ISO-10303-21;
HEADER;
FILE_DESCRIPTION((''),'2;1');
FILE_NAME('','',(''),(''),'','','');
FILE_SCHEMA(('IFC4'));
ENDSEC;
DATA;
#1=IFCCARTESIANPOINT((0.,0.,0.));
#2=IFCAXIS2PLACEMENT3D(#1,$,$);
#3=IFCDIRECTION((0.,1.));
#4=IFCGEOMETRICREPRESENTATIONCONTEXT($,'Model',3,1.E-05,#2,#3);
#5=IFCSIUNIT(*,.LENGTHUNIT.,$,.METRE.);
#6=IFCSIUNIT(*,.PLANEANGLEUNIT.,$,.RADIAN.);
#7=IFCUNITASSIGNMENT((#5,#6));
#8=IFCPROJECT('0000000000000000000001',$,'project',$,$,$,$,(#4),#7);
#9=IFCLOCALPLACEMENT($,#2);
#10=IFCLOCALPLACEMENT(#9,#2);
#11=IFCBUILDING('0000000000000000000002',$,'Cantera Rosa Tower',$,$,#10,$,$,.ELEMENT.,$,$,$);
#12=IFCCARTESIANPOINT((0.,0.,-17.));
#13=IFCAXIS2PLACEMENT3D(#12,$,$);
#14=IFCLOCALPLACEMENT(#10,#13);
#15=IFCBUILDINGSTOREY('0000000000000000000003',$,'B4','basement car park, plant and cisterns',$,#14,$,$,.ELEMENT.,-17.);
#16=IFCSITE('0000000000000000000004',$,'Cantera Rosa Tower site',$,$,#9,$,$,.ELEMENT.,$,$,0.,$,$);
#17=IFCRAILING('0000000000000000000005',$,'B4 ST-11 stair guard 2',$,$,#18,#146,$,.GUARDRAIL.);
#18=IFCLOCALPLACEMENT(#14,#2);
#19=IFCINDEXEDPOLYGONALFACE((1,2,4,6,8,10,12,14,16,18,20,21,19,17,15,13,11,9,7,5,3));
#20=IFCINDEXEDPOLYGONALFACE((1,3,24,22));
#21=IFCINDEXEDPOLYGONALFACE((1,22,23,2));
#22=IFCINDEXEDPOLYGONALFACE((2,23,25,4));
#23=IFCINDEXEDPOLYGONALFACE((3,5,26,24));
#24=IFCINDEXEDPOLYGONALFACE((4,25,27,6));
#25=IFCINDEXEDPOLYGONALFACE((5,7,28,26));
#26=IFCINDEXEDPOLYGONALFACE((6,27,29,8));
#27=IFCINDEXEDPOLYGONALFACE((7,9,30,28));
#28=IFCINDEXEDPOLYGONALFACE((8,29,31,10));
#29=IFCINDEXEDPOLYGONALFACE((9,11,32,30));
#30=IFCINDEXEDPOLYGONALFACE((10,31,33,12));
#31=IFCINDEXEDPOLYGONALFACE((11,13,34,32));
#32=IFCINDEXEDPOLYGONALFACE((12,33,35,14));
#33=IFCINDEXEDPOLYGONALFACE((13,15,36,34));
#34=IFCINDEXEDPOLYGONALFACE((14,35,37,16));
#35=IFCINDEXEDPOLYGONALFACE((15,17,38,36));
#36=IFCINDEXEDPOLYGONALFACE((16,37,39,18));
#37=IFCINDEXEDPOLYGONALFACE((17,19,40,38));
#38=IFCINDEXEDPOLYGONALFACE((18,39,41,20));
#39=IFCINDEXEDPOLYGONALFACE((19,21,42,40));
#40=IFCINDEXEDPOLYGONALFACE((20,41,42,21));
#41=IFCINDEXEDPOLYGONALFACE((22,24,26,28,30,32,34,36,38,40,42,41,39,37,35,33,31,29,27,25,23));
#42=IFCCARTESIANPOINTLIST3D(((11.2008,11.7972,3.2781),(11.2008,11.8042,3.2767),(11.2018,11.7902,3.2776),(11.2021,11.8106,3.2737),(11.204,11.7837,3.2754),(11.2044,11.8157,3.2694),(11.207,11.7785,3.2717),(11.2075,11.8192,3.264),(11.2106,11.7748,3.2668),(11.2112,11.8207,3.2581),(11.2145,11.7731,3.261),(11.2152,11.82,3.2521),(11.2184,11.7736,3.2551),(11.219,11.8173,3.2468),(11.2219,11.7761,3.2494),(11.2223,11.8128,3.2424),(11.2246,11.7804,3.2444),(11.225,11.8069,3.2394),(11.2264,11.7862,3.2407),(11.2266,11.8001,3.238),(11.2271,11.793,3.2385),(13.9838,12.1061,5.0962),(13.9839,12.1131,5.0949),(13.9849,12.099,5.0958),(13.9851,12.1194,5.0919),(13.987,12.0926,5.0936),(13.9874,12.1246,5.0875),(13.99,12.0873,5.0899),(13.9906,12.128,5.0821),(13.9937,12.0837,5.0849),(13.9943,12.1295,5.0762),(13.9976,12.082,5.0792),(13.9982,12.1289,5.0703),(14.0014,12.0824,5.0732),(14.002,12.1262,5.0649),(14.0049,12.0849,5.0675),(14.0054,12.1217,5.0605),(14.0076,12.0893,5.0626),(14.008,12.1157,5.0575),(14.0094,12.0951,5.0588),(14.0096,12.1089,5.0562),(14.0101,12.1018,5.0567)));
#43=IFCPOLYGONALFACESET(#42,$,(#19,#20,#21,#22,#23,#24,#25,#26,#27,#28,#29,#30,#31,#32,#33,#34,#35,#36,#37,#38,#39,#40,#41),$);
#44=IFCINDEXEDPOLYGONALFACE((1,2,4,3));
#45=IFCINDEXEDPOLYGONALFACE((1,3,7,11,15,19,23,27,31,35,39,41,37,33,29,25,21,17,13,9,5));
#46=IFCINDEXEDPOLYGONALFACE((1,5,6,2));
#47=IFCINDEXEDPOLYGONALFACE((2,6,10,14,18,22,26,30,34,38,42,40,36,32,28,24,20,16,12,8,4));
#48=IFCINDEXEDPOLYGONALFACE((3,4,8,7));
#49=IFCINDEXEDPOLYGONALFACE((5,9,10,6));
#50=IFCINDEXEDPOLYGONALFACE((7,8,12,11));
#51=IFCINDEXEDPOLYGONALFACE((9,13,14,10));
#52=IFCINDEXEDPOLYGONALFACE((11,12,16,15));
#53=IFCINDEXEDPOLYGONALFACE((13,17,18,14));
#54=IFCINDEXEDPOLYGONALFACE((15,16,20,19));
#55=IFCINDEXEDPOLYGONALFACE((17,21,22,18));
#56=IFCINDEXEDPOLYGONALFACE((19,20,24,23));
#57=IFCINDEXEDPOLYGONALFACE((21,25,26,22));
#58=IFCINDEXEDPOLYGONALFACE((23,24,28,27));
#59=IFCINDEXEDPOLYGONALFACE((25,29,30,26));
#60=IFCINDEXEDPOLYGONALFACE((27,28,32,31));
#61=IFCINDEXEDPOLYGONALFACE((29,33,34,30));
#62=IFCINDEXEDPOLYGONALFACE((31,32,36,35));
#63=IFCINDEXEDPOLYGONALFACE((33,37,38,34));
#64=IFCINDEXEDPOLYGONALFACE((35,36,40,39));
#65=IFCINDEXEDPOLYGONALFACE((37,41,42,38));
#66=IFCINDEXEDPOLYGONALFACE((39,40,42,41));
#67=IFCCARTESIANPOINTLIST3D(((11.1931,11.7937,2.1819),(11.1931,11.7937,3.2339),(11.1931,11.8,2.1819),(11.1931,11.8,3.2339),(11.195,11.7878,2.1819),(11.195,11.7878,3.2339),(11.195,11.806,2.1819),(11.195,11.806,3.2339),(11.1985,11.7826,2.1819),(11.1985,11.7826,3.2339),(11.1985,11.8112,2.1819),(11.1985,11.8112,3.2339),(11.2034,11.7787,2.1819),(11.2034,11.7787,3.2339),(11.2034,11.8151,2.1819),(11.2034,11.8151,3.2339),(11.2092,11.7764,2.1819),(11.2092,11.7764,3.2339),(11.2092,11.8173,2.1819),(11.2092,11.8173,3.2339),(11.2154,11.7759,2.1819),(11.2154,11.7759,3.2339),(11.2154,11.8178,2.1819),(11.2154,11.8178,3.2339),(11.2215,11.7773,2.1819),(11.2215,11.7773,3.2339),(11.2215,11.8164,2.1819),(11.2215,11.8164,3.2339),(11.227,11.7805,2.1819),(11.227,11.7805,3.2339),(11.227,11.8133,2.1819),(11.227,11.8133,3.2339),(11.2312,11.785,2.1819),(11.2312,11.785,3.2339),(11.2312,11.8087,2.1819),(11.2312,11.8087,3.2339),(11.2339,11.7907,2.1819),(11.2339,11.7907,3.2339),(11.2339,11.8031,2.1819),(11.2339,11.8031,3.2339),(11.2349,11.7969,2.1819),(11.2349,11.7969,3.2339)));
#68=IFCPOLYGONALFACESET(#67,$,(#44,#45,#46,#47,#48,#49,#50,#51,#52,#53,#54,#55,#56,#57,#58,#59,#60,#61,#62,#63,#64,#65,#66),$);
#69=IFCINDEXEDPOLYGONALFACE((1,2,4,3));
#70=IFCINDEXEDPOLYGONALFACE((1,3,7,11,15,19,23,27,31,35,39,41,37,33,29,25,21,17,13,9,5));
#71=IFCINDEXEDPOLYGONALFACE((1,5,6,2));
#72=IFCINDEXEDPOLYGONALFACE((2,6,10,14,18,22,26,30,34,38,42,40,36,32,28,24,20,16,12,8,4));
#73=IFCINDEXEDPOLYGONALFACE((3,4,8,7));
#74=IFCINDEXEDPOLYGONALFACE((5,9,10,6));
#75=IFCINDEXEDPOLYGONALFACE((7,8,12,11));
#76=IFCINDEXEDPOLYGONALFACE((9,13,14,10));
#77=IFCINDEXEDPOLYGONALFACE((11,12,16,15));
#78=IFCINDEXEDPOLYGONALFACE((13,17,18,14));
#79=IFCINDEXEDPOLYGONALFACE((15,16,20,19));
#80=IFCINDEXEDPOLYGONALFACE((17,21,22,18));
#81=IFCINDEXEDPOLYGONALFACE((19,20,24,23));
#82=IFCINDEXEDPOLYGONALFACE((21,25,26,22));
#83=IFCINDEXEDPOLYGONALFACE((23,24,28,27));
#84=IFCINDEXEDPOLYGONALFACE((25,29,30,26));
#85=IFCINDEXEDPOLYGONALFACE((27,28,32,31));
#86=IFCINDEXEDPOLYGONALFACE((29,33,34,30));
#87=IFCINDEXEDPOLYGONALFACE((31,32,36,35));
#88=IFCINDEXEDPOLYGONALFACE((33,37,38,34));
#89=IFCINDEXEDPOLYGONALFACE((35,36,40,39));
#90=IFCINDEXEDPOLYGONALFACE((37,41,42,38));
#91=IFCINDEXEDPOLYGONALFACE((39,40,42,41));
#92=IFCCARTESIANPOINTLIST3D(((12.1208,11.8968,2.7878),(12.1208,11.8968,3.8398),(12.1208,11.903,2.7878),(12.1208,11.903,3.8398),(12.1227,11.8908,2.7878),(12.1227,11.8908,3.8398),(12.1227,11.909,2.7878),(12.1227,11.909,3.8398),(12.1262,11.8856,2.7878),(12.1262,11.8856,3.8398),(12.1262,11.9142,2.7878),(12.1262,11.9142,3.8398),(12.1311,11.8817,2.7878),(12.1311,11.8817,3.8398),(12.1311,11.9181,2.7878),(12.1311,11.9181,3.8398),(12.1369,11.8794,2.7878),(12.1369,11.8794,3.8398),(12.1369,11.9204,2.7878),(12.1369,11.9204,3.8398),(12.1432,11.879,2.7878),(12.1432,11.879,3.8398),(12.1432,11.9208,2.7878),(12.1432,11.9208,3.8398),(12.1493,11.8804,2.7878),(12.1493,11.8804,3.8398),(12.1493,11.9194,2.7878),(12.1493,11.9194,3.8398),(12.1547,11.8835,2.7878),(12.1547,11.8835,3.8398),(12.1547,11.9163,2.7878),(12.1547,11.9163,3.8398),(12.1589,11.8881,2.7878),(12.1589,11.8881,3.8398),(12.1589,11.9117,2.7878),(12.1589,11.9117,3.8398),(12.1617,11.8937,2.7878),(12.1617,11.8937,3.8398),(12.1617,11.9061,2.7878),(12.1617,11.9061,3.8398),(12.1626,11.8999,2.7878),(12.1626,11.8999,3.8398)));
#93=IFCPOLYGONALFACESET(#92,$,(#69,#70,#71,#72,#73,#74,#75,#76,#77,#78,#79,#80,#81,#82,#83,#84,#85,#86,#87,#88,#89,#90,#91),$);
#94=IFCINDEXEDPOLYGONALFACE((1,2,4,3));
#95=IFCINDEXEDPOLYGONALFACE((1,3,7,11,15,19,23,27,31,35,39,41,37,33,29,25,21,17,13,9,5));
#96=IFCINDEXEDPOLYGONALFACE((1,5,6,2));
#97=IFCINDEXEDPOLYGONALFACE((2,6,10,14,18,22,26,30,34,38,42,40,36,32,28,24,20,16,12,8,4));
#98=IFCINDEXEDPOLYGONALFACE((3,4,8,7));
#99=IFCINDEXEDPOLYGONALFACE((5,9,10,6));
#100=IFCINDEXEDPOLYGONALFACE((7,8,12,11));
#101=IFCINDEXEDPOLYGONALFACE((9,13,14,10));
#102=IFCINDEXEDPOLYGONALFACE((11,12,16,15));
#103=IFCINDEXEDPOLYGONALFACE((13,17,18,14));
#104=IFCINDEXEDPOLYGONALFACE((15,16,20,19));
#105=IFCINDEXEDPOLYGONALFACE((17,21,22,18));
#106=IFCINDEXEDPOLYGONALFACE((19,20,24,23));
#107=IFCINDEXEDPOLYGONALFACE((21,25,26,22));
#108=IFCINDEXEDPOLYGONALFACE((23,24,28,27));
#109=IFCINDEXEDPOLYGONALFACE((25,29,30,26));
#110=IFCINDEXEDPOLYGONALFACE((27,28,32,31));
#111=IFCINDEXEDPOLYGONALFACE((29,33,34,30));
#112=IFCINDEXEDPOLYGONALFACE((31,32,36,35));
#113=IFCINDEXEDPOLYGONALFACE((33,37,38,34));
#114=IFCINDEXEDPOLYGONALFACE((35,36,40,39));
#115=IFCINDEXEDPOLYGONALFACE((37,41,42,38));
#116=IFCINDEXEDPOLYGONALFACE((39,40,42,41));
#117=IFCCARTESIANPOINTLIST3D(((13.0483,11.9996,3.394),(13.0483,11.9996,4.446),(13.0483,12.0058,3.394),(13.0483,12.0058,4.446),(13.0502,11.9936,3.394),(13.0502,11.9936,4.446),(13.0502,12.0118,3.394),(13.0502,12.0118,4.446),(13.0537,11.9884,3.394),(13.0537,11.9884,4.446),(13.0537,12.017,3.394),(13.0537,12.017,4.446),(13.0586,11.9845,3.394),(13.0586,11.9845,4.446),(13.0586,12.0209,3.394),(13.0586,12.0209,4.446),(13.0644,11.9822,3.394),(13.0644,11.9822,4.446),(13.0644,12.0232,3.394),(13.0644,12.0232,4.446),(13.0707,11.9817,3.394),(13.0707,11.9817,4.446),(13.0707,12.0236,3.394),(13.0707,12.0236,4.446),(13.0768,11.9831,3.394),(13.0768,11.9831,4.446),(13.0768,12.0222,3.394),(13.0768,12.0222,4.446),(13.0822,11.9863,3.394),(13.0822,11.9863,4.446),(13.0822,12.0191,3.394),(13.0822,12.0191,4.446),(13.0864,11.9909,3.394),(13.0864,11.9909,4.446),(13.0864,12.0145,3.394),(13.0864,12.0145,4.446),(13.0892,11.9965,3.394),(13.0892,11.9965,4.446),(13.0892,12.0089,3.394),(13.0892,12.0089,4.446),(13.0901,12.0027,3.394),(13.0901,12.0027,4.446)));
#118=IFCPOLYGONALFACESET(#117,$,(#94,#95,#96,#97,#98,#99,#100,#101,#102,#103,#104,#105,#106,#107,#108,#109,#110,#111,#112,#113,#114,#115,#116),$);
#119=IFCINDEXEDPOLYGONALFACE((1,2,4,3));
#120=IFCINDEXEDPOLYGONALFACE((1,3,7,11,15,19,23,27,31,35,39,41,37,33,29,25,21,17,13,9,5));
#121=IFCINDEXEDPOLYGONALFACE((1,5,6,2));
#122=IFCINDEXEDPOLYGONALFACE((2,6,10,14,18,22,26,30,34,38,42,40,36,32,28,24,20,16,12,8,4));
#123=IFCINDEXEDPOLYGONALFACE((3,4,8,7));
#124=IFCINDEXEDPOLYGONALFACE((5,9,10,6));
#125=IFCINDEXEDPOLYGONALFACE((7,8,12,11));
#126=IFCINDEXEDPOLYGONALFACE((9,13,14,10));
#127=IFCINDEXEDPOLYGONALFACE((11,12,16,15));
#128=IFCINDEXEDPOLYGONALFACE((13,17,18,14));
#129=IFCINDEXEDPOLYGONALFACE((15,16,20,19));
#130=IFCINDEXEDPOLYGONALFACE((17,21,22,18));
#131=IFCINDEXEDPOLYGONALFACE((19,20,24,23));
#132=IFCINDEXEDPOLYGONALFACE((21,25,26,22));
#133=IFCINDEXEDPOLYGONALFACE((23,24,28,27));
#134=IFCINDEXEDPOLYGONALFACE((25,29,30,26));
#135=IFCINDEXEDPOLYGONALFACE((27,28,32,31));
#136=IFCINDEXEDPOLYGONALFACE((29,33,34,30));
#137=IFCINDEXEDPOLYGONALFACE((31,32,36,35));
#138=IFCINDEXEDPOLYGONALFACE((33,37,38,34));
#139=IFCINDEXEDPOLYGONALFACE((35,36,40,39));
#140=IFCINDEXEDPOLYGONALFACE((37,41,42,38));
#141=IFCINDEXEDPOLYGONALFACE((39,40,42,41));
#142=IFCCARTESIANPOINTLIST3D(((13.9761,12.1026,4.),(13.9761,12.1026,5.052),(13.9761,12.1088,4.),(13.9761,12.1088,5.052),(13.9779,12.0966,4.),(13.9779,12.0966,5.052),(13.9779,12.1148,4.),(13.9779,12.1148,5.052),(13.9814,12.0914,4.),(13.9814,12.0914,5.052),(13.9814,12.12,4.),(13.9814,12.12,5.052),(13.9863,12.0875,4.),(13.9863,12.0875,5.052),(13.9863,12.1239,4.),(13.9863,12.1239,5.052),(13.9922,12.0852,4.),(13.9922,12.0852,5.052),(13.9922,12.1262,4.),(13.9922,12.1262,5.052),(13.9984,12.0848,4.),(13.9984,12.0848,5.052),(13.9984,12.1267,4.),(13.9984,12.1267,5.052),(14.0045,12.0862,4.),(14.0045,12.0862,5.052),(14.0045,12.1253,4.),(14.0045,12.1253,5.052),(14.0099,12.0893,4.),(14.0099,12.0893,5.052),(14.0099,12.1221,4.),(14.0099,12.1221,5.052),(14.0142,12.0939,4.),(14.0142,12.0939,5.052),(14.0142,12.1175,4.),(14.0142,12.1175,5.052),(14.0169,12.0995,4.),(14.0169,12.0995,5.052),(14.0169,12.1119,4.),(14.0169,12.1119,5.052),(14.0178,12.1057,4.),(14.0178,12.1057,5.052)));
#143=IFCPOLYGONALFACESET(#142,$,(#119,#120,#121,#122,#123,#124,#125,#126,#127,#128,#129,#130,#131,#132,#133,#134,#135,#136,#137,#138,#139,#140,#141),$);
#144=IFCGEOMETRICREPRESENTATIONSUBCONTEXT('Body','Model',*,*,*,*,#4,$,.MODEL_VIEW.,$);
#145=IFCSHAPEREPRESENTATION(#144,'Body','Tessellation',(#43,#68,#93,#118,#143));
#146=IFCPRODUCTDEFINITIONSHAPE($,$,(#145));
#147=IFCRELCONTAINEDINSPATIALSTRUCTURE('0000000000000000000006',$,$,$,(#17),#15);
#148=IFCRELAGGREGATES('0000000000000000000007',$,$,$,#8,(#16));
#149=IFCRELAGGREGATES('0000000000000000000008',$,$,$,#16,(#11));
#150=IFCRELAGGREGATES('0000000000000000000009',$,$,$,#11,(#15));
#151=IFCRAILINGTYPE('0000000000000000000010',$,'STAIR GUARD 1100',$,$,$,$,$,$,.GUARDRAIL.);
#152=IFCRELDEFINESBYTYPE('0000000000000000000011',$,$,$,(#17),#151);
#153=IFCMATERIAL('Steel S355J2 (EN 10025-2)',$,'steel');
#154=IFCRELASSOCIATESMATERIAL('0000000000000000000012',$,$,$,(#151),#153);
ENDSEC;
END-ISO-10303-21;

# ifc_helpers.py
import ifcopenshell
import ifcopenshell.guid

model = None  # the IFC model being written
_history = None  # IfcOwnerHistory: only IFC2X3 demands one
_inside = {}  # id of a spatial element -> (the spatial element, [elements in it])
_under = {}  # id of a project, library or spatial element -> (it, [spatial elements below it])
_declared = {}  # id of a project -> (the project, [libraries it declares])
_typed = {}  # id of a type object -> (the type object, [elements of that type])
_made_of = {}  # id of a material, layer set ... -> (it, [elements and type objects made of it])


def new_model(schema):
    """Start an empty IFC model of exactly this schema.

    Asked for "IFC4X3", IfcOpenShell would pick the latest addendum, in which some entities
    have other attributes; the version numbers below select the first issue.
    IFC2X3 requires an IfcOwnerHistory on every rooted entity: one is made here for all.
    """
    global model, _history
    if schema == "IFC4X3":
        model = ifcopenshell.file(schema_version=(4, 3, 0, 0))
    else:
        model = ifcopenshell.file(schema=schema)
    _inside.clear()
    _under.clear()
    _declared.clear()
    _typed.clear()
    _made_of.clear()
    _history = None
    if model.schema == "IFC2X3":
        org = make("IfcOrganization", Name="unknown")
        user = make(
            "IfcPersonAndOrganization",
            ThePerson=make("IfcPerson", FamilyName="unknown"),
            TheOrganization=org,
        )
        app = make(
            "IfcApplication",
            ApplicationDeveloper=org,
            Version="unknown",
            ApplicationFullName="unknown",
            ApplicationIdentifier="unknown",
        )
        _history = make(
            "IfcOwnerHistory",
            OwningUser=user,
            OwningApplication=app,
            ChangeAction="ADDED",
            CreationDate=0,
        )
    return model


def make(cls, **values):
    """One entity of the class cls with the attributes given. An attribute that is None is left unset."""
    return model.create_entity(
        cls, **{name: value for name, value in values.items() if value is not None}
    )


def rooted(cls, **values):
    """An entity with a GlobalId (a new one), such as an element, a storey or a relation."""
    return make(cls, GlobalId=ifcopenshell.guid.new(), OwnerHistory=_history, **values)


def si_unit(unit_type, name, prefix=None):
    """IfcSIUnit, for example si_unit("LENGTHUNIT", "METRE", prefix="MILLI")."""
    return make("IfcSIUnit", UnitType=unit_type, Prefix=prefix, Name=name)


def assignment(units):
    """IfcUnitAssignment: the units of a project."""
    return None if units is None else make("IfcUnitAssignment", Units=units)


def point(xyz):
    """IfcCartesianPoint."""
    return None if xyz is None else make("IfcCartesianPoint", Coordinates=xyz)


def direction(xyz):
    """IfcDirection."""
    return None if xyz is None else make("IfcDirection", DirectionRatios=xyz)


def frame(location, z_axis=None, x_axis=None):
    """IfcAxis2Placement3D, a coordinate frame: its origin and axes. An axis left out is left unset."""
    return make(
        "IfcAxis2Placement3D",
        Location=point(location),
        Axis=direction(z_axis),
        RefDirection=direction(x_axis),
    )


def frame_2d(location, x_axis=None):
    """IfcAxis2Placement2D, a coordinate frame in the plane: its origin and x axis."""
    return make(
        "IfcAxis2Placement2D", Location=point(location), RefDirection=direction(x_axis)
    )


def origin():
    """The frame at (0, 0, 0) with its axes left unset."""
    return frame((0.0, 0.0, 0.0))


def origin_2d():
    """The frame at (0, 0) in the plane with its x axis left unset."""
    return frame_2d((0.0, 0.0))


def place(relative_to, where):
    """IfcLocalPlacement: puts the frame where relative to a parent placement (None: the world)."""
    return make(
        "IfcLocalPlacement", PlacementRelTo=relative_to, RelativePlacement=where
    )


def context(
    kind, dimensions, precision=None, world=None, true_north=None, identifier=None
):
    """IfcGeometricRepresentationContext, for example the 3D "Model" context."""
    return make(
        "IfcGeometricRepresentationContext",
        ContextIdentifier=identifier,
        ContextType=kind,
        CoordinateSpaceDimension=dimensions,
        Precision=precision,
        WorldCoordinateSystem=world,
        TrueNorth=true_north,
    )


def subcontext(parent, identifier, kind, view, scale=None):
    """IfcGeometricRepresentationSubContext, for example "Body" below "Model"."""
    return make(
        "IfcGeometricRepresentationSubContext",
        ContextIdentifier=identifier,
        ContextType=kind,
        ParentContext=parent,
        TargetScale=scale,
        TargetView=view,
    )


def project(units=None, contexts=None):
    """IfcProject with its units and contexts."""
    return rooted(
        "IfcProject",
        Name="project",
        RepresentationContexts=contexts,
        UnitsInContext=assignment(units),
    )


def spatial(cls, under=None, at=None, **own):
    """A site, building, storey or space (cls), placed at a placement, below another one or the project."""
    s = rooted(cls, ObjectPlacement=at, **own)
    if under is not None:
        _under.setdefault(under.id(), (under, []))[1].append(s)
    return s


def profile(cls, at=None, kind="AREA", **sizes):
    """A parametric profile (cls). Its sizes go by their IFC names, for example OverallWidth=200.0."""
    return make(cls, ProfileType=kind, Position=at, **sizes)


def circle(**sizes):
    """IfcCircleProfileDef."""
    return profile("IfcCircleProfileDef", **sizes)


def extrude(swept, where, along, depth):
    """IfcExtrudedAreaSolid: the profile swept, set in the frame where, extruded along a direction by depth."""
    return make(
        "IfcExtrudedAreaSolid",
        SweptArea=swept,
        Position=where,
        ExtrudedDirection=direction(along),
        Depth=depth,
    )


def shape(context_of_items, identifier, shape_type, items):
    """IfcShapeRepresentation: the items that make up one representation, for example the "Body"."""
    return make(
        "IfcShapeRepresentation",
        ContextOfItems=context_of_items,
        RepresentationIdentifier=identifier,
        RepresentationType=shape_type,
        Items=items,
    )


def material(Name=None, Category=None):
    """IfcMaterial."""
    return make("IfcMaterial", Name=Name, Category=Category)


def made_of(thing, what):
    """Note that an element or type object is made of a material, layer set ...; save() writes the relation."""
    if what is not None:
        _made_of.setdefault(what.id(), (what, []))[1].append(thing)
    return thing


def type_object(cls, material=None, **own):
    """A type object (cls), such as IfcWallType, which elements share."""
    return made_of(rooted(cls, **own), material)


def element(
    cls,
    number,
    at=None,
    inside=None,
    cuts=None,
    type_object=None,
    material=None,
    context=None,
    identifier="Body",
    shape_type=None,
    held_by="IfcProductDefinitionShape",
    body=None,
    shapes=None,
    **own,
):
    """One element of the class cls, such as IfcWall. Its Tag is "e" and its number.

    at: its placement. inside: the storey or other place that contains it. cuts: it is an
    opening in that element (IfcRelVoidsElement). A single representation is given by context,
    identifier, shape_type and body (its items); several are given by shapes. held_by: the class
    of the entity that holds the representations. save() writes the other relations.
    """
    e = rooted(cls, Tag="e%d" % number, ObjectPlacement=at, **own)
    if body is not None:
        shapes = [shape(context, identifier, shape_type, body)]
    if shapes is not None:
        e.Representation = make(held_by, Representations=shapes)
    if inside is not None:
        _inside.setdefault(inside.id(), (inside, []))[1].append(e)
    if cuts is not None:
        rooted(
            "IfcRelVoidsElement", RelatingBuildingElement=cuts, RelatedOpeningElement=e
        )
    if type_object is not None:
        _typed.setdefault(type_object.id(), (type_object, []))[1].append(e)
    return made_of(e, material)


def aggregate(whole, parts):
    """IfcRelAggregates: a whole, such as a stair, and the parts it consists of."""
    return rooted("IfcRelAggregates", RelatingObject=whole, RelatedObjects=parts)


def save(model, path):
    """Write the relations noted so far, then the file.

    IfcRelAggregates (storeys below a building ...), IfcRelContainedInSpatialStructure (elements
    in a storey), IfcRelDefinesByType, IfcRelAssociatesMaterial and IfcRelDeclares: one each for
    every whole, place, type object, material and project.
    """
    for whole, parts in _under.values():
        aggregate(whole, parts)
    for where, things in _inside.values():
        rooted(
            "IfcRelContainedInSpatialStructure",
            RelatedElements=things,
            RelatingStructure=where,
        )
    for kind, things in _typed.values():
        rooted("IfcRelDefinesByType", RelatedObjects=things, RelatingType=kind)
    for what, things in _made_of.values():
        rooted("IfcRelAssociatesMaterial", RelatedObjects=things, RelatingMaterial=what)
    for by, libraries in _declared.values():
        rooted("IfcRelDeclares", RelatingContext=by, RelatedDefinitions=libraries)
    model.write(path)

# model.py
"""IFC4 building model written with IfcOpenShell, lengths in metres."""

from ifc_helpers import new_model, si_unit, direction, frame, origin, origin_2d, place, context, subcontext, project, spatial, circle, extrude, material, type_object, element, save


model = new_model("IFC4")

# Units and contexts
model_context = context("Model", 3, precision=1e-05, world=origin(), true_north=direction((0.0, 1.0)))
body_context = subcontext(model_context, "Body", "Model", "MODEL_VIEW")
ifc_project = project(units=[si_unit("LENGTHUNIT", "METRE"), si_unit("PLANEANGLEUNIT", "RADIAN")], contexts=[model_context])

# Site, building, storey
site_placement = place(None, origin())
site = spatial("IfcSite", under=ifc_project, at=site_placement, Name="Cantera Rosa Tower site", CompositionType="ELEMENT", RefElevation=0.0)
building_placement = place(site_placement, origin())
building = spatial("IfcBuilding", under=site, at=building_placement, Name="Cantera Rosa Tower", CompositionType="ELEMENT")
storey_placement = place(building_placement, frame((0.0, 0.0, -17.0)))
storey = spatial("IfcBuildingStorey", under=building, at=storey_placement, Name="B4", Description="basement car park, plant and cisterns", CompositionType="ELEMENT", Elevation=-17.0)

# Railing
ifc_material_1 = material(Name="Steel S355J2 (EN 10025-2)", Category="steel")
railing_type_1 = type_object("IfcRailingType", Name="STAIR GUARD 1100", PredefinedType="GUARDRAIL", material=ifc_material_1)
railing_1_placement = place(storey_placement, frame((11.2139, 11.7969, 2.1819)))
element("IfcRailing", 1, at=railing_1_placement, inside=storey, type_object=railing_type_1, Name="B4 ST-11 stair guard 2", PredefinedType="GUARDRAIL", context=body_context, shape_type="SweptSolid", body=[
    extrude(circle(Radius=0.0239, at=origin_2d()), frame((0.0, 0.0, 1.0762), z_axis=(0.833588, 0.092507, 0.544586), x_axis=(-0.110298, 0.993899, 0.0)), (0.0, 0.0, 1.0), 3.3386),
    extrude(circle(Radius=0.021, at=origin_2d()), origin(), (0.0, 0.0, 1.0), 1.052),
    extrude(circle(Radius=0.021, at=origin_2d()), frame((0.9277, 0.103, 0.606)), (0.0, 0.0, 1.0), 1.052),
    extrude(circle(Radius=0.021, at=origin_2d()), frame((1.8552, 0.2058, 1.2122)), (0.0, 0.0, 1.0), 1.052),
    extrude(circle(Radius=0.021, at=origin_2d()), frame((2.783, 0.3088, 1.8181)), (0.0, 0.0, 1.0), 1.052),
])

save(model, "model.ifc")
